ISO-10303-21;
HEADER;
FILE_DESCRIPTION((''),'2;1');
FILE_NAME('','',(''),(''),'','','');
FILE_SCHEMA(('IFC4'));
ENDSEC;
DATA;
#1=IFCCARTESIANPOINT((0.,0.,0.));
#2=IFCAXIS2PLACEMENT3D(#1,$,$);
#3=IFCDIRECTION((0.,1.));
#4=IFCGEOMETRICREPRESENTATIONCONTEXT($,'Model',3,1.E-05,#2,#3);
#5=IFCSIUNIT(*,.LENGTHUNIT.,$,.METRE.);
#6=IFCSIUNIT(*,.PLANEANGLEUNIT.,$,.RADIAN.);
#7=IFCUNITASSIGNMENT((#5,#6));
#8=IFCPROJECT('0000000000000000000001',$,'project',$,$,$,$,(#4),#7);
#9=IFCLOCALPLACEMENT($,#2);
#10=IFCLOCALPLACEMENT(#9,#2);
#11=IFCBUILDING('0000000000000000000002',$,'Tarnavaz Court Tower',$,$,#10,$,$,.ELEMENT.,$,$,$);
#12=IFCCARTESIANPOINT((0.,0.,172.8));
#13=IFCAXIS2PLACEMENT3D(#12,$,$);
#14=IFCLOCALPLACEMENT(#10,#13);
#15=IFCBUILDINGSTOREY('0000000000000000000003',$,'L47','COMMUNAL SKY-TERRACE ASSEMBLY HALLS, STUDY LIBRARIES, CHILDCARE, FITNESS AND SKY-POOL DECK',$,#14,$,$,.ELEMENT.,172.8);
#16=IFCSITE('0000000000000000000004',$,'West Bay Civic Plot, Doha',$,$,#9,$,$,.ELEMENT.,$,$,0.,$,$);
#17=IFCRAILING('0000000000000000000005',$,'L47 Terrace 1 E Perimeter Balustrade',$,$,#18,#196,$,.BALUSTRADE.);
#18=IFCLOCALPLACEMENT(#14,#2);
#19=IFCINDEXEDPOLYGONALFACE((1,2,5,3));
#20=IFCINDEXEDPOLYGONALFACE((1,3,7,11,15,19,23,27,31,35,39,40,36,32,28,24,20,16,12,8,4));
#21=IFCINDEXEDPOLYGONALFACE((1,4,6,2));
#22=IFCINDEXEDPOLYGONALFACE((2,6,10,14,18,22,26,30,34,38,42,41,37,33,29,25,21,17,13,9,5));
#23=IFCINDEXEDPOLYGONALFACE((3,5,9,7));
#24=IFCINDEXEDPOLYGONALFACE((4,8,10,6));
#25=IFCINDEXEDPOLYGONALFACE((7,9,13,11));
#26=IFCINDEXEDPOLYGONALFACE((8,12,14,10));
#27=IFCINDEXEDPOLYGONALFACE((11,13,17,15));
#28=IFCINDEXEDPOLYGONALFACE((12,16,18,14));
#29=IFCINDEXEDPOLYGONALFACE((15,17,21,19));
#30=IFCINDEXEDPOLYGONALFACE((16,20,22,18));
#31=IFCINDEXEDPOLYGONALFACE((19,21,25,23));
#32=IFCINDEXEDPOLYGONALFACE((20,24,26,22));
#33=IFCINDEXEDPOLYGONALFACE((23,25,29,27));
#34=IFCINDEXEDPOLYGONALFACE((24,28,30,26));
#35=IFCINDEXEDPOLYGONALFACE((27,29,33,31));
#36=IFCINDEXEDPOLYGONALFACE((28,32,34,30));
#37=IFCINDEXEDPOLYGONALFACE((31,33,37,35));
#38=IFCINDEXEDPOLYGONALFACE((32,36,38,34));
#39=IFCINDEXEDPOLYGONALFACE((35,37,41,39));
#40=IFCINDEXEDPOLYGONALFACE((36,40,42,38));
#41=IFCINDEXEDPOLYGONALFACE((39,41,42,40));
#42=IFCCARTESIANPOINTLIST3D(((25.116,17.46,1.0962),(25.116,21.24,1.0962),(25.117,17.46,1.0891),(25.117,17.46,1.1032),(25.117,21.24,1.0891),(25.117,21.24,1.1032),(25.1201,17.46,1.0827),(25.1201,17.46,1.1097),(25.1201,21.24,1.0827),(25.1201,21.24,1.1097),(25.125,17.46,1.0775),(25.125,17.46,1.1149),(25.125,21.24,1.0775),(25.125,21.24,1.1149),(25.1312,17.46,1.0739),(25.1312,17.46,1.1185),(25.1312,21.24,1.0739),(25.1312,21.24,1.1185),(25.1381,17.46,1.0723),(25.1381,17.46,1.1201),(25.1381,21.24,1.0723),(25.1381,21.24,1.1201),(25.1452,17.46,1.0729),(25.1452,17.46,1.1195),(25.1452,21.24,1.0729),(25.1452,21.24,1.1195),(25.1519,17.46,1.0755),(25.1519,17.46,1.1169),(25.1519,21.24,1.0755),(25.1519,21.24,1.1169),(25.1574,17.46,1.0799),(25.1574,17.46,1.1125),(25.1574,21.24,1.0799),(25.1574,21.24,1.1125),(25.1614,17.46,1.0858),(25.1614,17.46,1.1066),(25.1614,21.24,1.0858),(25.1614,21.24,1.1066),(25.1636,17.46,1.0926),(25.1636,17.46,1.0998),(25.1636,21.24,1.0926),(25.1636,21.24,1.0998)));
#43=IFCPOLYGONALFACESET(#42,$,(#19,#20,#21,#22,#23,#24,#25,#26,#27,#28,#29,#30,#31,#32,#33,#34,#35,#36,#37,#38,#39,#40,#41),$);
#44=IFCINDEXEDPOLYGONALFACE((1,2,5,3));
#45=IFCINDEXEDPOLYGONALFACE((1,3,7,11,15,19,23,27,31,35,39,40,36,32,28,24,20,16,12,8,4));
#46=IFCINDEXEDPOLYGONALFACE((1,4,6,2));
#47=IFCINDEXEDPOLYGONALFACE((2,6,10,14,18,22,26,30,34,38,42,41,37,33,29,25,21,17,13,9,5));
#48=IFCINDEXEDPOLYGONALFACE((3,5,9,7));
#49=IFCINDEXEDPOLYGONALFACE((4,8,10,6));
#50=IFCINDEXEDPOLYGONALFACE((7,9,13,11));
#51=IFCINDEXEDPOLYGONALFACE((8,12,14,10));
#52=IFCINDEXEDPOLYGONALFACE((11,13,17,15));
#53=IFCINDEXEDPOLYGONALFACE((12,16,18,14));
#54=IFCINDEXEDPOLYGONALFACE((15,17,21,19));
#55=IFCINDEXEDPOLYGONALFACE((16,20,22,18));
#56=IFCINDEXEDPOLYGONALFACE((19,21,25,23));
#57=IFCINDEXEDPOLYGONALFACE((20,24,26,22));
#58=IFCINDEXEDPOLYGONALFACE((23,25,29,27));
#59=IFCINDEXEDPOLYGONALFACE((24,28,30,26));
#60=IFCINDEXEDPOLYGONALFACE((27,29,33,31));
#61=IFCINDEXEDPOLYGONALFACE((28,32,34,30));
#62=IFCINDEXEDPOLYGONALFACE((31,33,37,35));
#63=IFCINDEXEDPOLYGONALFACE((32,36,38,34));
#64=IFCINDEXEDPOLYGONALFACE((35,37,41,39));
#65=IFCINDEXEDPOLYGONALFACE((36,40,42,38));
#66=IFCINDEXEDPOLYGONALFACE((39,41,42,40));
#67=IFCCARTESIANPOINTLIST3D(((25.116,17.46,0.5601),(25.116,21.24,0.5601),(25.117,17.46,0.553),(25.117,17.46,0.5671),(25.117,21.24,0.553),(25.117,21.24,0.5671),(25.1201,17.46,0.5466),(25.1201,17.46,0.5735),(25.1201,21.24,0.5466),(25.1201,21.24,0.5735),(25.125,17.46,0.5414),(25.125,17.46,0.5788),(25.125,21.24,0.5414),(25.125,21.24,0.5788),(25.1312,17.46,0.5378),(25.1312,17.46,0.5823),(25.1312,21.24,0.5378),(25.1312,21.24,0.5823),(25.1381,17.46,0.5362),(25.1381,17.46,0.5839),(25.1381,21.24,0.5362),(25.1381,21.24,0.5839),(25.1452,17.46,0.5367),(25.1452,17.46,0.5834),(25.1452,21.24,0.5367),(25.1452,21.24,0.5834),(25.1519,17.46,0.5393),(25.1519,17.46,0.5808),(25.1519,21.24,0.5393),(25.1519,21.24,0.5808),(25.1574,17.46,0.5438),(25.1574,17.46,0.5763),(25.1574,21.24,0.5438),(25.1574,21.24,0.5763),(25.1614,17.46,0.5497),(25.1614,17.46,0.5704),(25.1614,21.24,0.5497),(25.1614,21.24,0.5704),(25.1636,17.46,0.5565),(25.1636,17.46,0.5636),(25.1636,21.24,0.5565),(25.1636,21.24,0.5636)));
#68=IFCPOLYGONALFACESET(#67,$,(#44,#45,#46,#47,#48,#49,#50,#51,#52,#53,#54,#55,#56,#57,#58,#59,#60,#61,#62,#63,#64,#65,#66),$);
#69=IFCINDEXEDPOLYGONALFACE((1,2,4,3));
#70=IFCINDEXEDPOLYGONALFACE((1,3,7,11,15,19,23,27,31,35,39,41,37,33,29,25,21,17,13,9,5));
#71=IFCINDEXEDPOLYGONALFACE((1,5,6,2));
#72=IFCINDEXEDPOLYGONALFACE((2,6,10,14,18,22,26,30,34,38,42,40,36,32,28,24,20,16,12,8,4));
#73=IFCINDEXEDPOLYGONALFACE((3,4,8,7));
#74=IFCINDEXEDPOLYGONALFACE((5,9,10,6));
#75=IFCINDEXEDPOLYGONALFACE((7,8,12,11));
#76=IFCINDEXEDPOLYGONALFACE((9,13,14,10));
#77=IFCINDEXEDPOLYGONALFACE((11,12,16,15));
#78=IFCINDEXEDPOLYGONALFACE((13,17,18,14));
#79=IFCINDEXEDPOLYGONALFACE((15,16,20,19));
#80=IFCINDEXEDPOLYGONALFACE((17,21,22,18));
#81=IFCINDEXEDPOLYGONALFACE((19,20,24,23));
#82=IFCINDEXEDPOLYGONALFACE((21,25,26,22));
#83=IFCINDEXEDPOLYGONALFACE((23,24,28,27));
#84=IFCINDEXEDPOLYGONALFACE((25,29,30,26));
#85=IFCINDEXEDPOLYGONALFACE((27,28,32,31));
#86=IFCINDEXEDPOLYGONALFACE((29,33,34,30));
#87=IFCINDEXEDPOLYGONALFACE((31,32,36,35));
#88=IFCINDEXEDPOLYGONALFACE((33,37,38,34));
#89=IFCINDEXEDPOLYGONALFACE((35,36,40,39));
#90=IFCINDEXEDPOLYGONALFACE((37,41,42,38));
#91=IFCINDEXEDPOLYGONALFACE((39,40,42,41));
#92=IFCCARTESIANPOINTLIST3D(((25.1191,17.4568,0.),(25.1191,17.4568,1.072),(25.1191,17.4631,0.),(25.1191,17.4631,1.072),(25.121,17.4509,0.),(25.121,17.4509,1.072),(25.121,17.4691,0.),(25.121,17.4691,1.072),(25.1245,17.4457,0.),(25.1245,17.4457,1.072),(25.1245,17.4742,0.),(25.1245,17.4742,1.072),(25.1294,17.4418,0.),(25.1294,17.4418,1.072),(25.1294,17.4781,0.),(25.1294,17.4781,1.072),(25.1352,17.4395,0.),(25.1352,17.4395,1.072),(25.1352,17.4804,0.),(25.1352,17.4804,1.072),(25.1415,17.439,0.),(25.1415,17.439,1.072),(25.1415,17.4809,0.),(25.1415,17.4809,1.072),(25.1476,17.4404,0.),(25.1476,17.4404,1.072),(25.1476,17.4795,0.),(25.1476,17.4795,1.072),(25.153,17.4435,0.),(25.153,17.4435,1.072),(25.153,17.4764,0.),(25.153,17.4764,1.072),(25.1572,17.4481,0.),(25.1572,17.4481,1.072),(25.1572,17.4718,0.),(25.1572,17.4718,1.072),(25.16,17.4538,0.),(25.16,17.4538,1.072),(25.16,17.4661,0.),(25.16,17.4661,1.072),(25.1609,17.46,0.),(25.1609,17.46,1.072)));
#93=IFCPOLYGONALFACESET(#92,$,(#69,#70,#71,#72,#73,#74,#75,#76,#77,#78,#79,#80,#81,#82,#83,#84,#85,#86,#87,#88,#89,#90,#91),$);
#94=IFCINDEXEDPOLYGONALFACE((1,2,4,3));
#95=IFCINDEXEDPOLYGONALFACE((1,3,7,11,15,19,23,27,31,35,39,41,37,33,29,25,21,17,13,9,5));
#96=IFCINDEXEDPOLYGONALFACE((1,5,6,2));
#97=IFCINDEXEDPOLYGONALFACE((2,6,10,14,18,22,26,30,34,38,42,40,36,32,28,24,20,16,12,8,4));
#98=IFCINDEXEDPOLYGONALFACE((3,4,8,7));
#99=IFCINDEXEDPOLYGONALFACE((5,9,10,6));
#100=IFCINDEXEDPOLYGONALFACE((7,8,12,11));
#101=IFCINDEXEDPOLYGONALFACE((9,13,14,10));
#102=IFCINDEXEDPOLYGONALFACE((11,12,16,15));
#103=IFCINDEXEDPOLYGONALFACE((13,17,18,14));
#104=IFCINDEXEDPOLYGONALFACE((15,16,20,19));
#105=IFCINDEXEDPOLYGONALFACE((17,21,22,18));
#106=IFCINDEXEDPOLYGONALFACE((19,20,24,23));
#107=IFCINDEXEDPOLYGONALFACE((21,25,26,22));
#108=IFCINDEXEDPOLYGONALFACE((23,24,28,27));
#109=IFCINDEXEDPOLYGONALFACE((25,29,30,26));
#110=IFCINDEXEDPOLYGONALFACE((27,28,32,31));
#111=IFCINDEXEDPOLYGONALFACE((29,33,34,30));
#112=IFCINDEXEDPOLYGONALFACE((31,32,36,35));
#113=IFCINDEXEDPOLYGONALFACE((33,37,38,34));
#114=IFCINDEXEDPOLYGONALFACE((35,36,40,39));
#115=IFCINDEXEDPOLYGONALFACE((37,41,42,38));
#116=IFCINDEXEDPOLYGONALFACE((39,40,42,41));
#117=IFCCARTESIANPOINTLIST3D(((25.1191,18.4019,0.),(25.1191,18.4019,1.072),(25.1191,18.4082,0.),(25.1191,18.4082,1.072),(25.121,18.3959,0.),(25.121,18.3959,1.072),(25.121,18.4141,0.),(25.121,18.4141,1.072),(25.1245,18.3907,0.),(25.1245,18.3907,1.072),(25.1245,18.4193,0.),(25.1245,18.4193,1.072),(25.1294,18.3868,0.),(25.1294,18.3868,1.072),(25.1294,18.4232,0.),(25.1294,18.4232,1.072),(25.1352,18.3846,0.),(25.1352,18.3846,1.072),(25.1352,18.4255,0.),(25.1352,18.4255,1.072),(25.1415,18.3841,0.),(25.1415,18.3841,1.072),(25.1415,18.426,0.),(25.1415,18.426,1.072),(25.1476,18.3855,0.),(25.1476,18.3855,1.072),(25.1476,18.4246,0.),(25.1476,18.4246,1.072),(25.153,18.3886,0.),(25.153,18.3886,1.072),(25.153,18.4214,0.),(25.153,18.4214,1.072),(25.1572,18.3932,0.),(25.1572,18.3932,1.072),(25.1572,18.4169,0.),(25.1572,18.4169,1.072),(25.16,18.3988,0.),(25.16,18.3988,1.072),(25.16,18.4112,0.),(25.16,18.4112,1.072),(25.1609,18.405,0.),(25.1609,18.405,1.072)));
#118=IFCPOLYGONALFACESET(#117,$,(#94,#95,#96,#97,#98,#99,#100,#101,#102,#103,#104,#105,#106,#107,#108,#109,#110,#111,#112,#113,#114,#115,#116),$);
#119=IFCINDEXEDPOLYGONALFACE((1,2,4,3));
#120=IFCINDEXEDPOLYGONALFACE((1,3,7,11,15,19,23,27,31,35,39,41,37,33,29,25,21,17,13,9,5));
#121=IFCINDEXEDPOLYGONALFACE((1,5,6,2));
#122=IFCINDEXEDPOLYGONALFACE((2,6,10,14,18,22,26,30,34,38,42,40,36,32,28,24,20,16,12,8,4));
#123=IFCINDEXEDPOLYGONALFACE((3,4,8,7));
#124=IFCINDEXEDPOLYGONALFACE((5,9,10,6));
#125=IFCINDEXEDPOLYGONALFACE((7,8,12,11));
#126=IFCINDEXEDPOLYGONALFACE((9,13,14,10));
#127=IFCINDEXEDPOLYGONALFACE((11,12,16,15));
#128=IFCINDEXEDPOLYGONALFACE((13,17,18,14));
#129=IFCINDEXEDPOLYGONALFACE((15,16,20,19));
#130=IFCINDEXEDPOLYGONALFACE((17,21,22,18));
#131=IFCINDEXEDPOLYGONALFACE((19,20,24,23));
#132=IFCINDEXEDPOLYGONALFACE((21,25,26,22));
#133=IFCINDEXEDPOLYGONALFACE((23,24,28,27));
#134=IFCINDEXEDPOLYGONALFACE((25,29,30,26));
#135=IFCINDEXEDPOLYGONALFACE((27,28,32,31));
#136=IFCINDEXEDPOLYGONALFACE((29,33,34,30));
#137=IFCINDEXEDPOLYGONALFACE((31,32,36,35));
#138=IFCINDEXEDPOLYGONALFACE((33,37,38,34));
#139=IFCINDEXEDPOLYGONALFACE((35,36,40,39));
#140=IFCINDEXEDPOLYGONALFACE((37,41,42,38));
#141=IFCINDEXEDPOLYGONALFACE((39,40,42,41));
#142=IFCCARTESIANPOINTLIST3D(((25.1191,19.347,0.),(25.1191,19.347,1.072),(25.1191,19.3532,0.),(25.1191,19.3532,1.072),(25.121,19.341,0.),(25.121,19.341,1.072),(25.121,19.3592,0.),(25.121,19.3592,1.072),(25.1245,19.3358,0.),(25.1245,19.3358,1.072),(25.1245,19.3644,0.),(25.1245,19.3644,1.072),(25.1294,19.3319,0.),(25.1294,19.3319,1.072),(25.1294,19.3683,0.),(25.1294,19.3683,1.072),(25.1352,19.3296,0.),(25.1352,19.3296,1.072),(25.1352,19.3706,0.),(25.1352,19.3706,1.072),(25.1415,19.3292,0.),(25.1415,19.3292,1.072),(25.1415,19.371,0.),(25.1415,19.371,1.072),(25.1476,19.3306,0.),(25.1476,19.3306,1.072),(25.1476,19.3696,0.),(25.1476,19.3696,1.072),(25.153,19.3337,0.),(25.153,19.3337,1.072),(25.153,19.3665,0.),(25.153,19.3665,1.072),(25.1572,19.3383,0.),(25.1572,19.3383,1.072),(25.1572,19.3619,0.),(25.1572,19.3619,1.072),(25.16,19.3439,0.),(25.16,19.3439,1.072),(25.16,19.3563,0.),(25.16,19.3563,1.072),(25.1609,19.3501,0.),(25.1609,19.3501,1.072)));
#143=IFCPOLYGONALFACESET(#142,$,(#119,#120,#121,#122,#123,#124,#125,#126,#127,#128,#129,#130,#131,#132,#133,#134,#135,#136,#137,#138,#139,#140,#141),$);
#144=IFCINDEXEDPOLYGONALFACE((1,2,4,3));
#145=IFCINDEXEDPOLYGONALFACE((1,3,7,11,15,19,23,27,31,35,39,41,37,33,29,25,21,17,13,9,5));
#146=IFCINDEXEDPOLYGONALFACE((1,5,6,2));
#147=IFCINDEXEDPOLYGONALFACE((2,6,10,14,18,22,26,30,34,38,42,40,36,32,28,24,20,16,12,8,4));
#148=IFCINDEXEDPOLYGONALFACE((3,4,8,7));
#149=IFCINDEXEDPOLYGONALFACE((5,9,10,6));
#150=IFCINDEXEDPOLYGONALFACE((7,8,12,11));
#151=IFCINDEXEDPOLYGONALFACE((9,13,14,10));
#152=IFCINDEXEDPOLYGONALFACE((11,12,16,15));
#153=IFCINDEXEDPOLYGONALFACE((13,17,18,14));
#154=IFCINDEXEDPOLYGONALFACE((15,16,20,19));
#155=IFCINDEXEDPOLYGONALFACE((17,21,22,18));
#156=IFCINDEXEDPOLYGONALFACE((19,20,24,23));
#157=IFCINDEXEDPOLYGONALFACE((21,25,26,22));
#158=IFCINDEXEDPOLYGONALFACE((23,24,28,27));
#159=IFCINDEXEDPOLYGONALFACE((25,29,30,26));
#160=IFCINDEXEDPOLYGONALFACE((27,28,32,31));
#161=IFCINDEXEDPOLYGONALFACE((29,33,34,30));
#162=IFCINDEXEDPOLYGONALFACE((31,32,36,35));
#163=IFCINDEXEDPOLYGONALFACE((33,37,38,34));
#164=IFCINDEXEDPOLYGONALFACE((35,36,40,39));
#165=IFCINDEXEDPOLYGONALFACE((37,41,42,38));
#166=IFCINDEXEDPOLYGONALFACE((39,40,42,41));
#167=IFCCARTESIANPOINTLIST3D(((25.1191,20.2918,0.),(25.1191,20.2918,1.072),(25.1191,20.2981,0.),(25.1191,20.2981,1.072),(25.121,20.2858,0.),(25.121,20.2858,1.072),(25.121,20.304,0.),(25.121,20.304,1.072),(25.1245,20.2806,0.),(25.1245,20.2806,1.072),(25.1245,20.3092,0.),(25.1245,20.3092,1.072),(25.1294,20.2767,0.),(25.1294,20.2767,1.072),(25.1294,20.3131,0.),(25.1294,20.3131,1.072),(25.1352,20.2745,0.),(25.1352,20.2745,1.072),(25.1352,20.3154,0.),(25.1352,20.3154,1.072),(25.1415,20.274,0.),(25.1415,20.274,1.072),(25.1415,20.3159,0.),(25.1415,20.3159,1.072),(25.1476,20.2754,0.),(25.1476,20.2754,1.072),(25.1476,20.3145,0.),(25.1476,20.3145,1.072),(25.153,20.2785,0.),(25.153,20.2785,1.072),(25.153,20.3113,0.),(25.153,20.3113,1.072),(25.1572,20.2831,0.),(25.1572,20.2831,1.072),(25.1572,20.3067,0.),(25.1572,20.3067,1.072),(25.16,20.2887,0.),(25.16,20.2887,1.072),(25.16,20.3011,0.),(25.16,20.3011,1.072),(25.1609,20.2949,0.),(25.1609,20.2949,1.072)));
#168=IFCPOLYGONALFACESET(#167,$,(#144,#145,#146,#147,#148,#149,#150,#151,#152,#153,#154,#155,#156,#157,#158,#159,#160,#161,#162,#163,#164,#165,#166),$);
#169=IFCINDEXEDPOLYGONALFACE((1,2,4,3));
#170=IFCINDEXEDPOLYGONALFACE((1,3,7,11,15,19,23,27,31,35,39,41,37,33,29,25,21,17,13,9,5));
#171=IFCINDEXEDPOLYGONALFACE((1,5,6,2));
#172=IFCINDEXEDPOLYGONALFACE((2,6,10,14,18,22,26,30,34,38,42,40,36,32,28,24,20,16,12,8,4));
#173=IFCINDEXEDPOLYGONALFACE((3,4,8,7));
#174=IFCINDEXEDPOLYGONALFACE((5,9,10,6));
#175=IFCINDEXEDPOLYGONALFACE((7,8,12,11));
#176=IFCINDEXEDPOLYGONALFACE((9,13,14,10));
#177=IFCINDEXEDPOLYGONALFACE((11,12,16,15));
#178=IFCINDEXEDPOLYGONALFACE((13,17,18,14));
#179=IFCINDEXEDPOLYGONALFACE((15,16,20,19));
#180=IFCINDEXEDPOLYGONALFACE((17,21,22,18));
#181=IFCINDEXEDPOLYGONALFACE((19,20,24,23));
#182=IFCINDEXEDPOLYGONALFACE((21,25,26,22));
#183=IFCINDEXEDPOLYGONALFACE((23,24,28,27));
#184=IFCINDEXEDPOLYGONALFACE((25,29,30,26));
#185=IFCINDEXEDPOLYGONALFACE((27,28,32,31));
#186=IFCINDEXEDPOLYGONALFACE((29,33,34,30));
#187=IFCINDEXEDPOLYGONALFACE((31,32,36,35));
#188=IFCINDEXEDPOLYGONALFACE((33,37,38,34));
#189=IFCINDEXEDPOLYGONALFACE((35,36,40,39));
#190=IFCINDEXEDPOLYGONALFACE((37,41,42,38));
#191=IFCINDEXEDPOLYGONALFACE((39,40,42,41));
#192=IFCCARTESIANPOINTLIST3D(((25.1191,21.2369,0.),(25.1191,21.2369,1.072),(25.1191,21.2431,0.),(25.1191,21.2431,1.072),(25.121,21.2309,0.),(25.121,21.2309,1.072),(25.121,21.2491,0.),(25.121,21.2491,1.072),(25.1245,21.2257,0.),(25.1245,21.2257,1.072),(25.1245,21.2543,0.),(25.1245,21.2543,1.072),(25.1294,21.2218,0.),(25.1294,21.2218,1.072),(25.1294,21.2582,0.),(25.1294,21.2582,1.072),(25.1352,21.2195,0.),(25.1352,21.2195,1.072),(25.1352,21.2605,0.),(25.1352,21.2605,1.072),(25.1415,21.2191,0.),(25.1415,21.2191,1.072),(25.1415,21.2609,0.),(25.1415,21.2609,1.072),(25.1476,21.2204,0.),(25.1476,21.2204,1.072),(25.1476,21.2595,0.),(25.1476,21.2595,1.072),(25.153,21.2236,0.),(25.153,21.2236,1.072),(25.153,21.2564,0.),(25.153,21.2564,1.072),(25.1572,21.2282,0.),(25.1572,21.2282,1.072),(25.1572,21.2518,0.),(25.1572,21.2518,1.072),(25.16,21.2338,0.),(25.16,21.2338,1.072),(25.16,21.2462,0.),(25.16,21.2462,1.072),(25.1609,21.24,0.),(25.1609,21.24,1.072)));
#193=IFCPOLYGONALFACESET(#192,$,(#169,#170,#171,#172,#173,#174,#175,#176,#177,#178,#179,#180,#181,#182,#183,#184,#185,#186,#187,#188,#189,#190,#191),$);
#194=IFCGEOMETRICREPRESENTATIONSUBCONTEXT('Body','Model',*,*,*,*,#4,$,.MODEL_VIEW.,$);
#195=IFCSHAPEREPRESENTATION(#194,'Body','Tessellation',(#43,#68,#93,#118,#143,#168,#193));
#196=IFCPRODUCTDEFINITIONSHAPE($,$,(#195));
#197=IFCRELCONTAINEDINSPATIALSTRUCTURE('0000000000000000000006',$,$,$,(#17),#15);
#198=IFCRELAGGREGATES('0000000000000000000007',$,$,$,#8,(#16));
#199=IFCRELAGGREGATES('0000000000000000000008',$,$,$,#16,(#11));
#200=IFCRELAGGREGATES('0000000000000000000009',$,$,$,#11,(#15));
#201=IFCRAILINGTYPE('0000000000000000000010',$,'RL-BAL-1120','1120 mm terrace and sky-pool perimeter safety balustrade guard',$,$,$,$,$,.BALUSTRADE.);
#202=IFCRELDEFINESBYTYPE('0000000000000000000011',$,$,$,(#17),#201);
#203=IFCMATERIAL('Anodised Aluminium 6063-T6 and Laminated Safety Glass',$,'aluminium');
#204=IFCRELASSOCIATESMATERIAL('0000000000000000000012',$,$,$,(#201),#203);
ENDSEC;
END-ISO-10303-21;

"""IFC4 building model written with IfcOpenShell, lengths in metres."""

from ifc_helpers import new_model, si_unit, direction, frame, origin, origin_2d, place, context, subcontext, project, spatial, circle, extrude, material, type_object, element, save


model = new_model("IFC4")

# Units and contexts
model_context = context("Model", 3, precision=1e-05, world=origin(), true_north=direction((0.0, 1.0)))
body_context = subcontext(model_context, "Body", "Model", "MODEL_VIEW")
ifc_project = project(units=[si_unit("LENGTHUNIT", "METRE"), si_unit("PLANEANGLEUNIT", "RADIAN")], contexts=[model_context])

# Site, building, storey
site_placement = place(None, origin())
site = spatial("IfcSite", under=ifc_project, at=site_placement, Name="West Bay Civic Plot, Doha", CompositionType="ELEMENT", RefElevation=0.0)
building_placement = place(site_placement, origin())
building = spatial("IfcBuilding", under=site, at=building_placement, Name="Tarnavaz Court Tower", CompositionType="ELEMENT")
storey_placement = place(building_placement, frame((0.0, 0.0, 172.8)))
storey = spatial("IfcBuildingStorey", under=building, at=storey_placement, Name="L47", Description="COMMUNAL SKY-TERRACE ASSEMBLY HALLS, STUDY LIBRARIES, CHILDCARE, FITNESS AND SKY-POOL DECK", CompositionType="ELEMENT", Elevation=172.8)

# Railing
ifc_material_1 = material(Name="Anodised Aluminium 6063-T6 and Laminated Safety Glass", Category="aluminium")
railing_type = type_object("IfcRailingType", Name="RL-BAL-1120", Description="1120 mm terrace and sky-pool perimeter safety balustrade guard", PredefinedType="BALUSTRADE", material=ifc_material_1)
railing_1_placement = place(storey_placement, frame((25.1399, 17.46, 0.0)))
element("IfcRailing", 1, at=railing_1_placement, inside=storey, type_object=railing_type, Name="L47 Terrace 1 E Perimeter Balustrade", PredefinedType="BALUSTRADE", context=body_context, shape_type="SweptSolid", body=[
    extrude(circle(Radius=0.0239, at=origin_2d()), frame((0.0, 0.0, 1.0962), z_axis=(0.0, 1.0, 0.0), x_axis=(-1.0, 0.0, 0.0)), (0.0, 0.0, 1.0), 3.78),
    extrude(circle(Radius=0.0239, at=origin_2d()), frame((0.0, 0.0, 0.5601), z_axis=(0.0, 1.0, 0.0), x_axis=(-1.0, 0.0, 0.0)), (0.0, 0.0, 1.0), 3.78),
    extrude(circle(Radius=0.021, at=origin_2d()), origin(), (0.0, 0.0, 1.0), 1.072),
    extrude(circle(Radius=0.021, at=origin_2d()), frame((0.0, 0.9451, 0.0)), (0.0, 0.0, 1.0), 1.072),
    extrude(circle(Radius=0.021, at=origin_2d()), frame((0.0, 1.8901, 0.0)), (0.0, 0.0, 1.0), 1.072),
    extrude(circle(Radius=0.021, at=origin_2d()), frame((0.0, 2.835, 0.0)), (0.0, 0.0, 1.0), 1.072),
    extrude(circle(Radius=0.021, at=origin_2d()), frame((0.0, 3.78, 0.0)), (0.0, 0.0, 1.0), 1.072),
])

save(model, "model.ifc")
